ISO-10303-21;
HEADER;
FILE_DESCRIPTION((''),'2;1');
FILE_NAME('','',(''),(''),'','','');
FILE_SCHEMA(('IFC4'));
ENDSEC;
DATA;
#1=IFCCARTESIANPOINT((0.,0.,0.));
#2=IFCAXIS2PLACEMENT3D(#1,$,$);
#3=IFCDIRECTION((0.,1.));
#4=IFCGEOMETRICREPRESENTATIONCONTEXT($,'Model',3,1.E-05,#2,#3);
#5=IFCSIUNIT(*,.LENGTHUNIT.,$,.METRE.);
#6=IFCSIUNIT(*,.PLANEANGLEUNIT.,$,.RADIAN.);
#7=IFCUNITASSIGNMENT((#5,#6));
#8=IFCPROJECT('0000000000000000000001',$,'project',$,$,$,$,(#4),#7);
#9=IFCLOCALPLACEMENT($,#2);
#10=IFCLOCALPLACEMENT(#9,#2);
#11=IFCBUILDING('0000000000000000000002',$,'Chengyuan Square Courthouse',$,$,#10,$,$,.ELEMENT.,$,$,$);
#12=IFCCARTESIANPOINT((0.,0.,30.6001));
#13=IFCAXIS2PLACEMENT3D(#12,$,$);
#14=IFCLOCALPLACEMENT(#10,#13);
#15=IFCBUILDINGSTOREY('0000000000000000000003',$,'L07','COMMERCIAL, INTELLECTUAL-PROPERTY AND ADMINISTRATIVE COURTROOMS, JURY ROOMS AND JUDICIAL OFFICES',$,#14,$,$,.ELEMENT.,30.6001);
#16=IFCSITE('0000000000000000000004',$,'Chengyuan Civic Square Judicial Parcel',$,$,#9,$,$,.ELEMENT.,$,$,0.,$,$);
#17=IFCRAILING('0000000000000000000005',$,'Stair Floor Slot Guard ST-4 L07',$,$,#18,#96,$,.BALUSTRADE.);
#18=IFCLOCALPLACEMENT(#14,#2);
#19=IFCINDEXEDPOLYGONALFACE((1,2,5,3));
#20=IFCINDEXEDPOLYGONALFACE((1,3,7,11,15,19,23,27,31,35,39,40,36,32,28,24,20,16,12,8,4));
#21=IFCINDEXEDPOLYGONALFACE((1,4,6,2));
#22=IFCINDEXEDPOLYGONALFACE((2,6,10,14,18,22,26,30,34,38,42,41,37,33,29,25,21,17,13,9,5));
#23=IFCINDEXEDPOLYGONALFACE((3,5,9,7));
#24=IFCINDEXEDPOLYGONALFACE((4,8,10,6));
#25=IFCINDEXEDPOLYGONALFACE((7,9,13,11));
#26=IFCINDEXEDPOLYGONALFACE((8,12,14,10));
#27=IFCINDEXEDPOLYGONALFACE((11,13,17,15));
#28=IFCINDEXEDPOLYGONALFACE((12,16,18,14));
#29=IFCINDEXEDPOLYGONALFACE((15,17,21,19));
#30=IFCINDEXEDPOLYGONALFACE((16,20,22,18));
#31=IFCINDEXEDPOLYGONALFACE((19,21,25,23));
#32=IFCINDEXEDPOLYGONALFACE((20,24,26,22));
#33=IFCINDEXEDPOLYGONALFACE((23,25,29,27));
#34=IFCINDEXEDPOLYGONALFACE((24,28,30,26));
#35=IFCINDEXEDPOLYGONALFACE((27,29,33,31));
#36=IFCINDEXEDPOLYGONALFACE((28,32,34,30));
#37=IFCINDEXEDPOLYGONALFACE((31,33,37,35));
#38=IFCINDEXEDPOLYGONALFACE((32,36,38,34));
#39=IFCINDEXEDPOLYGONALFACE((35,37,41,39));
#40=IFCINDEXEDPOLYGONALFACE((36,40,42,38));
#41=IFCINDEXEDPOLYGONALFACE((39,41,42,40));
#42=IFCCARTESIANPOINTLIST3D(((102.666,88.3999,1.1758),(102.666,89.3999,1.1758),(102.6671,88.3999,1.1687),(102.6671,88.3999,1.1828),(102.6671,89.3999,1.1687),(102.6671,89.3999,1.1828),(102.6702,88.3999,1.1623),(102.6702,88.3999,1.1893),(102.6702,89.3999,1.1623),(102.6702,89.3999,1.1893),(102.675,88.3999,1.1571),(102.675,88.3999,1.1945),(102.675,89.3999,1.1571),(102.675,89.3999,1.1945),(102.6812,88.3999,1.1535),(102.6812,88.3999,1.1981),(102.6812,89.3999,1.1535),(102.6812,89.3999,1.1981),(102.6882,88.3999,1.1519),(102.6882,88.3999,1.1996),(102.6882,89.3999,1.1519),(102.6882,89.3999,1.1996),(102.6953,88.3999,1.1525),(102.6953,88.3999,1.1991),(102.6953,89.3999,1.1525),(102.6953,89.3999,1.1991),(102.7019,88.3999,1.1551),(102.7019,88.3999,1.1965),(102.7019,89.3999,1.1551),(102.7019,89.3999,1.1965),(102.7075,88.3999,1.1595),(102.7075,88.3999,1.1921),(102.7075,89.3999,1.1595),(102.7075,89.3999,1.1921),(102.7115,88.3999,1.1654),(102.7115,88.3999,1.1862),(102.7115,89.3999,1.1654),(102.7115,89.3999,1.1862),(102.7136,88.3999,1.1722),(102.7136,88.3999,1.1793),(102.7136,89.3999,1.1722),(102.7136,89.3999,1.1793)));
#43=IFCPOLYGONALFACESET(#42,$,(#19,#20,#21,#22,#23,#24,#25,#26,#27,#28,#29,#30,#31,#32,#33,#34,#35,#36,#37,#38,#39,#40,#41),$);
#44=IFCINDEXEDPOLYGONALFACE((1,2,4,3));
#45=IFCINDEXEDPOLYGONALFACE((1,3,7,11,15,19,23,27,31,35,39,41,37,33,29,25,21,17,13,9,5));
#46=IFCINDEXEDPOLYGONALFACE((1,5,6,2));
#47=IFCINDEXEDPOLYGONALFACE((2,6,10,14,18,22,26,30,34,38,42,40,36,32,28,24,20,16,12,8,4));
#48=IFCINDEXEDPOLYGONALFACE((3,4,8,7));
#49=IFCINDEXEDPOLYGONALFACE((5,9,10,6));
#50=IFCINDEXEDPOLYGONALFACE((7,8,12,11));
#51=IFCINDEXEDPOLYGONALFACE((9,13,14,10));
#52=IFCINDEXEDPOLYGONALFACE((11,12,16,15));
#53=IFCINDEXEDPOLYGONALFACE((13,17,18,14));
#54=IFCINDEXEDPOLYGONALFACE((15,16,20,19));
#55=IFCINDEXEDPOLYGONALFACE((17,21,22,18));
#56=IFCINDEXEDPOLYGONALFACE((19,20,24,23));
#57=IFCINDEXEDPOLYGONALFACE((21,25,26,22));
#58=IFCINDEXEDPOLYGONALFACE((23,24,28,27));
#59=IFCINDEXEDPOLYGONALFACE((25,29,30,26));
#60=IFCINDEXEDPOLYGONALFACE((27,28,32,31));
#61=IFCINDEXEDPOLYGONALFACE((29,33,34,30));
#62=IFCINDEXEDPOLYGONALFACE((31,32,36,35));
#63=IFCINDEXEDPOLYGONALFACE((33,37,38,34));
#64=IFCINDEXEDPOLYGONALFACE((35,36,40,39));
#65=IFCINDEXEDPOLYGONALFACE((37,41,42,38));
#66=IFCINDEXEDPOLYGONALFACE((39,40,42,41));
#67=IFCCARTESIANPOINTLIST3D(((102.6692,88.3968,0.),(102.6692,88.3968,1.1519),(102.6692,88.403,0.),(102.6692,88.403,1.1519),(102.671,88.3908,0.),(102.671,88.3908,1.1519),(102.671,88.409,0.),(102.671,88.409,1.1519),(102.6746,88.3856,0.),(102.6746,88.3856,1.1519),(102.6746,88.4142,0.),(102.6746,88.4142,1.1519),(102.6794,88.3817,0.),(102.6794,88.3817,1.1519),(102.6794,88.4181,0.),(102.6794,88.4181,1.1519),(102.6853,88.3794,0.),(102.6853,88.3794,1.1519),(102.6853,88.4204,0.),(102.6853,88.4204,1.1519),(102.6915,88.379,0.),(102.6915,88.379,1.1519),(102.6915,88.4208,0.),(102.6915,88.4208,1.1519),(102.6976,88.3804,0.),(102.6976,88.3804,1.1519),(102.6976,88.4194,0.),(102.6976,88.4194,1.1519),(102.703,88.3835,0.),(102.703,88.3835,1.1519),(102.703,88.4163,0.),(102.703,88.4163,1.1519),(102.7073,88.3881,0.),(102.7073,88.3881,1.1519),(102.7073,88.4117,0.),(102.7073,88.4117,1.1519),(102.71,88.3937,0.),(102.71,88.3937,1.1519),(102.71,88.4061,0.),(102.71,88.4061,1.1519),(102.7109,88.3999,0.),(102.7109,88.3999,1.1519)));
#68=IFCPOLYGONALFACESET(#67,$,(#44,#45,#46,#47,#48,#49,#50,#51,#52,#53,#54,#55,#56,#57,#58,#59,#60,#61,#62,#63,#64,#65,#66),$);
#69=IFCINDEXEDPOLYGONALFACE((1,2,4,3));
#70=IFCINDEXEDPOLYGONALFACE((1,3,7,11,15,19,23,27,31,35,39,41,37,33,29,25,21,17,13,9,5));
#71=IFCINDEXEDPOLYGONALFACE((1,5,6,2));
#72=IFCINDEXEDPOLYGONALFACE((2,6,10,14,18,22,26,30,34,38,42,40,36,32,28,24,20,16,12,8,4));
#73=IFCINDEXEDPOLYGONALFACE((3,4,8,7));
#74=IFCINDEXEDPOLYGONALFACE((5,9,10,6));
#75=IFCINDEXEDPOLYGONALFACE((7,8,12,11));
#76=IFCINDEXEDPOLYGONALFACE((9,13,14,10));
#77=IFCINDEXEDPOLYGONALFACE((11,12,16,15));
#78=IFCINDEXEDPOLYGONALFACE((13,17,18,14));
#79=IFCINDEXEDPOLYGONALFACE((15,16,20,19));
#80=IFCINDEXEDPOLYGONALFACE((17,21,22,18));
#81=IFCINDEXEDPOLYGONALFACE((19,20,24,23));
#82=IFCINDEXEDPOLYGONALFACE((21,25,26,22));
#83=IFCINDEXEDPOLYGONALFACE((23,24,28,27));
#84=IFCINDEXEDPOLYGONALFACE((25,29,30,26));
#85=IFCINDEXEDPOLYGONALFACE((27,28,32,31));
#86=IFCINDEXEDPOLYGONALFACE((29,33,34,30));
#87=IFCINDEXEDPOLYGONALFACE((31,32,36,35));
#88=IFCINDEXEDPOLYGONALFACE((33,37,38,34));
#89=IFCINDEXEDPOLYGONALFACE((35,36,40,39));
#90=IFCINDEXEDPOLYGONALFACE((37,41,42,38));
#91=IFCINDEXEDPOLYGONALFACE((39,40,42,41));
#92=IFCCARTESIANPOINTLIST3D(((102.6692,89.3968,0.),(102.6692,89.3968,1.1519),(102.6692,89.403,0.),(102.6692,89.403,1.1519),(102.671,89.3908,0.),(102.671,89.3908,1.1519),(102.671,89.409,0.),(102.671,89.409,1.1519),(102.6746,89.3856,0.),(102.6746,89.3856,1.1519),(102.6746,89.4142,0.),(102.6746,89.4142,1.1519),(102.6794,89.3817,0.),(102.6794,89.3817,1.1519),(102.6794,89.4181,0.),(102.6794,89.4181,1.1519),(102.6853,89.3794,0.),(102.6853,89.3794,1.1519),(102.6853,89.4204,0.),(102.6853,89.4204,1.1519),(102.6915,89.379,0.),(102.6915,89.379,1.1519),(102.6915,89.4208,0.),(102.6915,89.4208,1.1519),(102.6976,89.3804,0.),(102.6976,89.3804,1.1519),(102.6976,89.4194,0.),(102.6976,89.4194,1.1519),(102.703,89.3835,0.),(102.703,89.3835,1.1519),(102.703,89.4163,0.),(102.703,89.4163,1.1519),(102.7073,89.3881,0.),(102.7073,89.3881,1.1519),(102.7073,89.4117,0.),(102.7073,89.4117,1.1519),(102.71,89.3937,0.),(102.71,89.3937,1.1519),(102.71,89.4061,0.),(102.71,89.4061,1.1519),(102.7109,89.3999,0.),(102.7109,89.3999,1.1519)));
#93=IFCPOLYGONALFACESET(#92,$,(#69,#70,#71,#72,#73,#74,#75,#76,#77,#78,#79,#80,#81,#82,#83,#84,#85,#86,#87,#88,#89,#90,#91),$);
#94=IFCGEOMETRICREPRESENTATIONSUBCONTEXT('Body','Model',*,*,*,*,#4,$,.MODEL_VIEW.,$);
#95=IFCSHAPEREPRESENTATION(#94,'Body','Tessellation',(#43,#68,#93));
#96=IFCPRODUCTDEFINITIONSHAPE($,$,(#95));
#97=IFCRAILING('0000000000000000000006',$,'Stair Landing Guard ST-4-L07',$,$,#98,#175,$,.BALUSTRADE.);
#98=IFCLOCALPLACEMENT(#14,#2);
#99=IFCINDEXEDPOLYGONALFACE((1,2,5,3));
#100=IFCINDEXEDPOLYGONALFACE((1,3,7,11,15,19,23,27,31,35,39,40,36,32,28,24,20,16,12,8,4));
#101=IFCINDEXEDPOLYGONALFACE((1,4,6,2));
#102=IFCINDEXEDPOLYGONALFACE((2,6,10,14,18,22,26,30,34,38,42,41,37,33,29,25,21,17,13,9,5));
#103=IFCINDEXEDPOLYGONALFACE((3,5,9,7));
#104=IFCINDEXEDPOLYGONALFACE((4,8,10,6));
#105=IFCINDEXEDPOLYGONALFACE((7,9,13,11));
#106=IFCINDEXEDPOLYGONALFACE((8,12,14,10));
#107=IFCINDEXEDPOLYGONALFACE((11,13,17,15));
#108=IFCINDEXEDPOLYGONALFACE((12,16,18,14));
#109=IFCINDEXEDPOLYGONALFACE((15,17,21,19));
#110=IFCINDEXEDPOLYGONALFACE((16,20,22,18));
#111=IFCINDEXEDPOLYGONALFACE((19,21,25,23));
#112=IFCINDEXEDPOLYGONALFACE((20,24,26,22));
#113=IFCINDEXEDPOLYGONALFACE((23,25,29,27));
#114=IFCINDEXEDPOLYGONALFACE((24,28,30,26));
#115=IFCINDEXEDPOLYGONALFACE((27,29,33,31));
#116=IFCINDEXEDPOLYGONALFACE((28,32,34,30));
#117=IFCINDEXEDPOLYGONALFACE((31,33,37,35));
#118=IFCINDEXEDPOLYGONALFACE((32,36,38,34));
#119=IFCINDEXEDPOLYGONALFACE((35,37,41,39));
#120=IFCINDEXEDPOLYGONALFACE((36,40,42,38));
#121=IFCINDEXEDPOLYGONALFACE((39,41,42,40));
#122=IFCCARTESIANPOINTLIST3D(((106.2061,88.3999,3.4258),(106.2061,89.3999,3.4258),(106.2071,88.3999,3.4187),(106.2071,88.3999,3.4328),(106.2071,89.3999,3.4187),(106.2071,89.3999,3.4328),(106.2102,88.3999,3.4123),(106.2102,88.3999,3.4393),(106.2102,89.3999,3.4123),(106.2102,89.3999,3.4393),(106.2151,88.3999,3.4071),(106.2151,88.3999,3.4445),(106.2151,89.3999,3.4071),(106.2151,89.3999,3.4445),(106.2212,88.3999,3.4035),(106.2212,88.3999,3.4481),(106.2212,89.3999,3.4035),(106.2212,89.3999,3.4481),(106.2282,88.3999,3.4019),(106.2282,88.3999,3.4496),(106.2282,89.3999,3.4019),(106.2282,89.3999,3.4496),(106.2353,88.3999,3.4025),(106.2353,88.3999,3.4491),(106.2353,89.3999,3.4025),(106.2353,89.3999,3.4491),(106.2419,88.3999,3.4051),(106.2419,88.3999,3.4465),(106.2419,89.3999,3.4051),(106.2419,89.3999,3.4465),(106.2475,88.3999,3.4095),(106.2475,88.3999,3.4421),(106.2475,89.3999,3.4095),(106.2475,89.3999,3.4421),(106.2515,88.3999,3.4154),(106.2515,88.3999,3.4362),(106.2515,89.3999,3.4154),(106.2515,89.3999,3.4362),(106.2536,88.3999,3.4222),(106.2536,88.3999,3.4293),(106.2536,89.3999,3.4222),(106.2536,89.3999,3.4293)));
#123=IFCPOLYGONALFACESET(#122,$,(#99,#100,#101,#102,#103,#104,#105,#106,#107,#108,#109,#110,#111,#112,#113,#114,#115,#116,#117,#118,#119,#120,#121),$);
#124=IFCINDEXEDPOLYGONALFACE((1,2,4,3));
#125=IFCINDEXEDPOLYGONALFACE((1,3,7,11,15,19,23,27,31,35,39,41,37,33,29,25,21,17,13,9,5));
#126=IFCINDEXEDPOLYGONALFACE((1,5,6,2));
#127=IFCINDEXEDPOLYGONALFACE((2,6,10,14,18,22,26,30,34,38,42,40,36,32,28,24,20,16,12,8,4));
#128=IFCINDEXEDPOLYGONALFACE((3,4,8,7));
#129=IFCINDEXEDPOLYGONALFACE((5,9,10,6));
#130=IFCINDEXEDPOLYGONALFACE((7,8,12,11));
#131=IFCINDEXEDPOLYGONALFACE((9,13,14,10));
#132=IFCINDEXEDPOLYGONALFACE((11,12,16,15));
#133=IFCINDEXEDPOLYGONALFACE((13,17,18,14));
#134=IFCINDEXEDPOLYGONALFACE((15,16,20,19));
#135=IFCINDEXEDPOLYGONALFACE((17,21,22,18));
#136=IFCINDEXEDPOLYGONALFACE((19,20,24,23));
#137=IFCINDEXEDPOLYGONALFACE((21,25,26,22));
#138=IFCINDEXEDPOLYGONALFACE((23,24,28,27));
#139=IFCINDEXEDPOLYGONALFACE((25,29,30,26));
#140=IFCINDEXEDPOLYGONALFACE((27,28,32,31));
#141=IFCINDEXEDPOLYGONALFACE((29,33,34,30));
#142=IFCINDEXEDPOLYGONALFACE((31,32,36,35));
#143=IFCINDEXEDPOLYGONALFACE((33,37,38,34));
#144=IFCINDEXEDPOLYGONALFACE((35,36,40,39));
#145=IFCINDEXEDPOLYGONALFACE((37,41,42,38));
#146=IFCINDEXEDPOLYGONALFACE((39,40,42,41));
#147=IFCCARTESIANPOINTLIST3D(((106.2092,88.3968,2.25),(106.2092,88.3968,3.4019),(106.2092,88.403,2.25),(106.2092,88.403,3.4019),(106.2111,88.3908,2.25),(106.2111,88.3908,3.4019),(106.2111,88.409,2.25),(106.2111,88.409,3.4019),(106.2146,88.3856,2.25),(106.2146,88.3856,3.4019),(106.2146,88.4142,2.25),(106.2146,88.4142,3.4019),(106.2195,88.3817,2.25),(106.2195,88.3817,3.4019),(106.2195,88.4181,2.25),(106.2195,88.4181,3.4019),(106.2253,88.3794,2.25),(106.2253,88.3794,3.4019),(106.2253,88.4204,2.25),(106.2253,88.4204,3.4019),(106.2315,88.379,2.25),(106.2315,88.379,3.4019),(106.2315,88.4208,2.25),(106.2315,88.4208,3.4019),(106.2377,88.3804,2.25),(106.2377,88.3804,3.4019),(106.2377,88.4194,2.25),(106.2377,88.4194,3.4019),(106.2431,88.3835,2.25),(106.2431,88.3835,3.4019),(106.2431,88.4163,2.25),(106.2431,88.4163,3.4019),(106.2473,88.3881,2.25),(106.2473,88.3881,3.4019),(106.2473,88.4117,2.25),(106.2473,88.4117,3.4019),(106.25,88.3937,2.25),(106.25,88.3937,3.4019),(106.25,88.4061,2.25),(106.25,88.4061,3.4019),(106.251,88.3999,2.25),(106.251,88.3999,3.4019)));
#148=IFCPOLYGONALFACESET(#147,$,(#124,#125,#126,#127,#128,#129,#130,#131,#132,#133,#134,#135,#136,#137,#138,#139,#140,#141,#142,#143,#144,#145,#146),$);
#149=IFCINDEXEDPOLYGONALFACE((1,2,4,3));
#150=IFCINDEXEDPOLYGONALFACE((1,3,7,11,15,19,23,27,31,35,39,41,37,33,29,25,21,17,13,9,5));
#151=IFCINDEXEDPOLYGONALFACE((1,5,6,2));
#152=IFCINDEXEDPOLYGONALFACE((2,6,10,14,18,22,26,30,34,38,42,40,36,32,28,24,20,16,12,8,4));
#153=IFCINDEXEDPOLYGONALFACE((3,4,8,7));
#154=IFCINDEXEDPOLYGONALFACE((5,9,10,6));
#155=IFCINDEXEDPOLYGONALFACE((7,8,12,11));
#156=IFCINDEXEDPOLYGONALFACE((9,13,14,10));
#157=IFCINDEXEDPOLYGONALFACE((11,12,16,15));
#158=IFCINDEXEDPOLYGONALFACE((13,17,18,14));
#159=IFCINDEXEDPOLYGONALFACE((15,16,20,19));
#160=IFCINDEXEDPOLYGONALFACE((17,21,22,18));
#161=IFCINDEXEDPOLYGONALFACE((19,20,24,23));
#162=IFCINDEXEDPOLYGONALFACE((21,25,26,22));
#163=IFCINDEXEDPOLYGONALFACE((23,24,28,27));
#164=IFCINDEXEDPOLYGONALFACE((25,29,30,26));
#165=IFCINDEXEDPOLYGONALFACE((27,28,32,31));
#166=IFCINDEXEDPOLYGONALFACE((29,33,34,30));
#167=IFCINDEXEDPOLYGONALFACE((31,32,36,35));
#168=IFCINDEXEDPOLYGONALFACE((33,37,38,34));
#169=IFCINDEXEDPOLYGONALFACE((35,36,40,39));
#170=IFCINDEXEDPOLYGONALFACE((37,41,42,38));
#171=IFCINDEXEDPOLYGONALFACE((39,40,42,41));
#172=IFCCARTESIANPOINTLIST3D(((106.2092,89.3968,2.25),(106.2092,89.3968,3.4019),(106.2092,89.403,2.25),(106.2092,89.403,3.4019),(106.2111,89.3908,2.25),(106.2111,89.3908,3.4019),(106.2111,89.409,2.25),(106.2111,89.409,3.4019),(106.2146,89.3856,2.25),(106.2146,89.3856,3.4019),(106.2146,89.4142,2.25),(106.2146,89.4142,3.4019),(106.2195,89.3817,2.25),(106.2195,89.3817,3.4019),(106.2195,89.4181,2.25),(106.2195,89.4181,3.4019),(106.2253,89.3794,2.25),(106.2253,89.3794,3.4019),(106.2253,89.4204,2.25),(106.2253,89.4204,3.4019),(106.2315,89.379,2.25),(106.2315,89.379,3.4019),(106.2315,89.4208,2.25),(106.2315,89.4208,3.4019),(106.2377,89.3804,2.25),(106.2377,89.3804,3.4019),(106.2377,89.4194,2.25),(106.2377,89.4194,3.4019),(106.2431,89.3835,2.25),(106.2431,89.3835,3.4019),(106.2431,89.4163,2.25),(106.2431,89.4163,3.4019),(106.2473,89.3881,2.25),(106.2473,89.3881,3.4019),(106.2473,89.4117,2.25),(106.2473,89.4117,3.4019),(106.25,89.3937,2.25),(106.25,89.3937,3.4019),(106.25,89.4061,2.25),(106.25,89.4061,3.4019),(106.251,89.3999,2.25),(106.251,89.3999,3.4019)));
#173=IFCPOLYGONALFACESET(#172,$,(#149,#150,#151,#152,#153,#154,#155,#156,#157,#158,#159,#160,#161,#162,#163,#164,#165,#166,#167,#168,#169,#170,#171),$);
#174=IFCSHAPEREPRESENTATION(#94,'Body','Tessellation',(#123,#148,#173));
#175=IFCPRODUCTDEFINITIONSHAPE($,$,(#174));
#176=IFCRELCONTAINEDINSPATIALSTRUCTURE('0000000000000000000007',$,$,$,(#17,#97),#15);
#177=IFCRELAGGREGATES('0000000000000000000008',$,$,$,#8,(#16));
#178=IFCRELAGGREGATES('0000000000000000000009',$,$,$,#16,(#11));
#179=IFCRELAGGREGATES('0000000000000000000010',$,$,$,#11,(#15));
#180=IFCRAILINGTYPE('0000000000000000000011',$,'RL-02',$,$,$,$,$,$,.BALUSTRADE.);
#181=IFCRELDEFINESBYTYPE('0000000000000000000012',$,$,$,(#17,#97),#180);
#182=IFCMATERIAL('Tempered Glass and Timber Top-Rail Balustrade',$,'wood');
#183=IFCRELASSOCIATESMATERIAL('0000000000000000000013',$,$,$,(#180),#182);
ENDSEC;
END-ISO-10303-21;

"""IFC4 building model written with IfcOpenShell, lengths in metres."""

from ifc_helpers import new_model, si_unit, direction, frame, origin, origin_2d, place, context, subcontext, project, spatial, circle, extrude, material, type_object, element, save


model = new_model("IFC4")

# Units and contexts
model_context = context("Model", 3, precision=1e-05, world=origin(), true_north=direction((0.0, 1.0)))
body_context = subcontext(model_context, "Body", "Model", "MODEL_VIEW")
ifc_project = project(units=[si_unit("LENGTHUNIT", "METRE"), si_unit("PLANEANGLEUNIT", "RADIAN")], contexts=[model_context])

# Site, building, storey
site_placement = place(None, origin())
site = spatial("IfcSite", under=ifc_project, at=site_placement, Name="Chengyuan Civic Square Judicial Parcel", CompositionType="ELEMENT", RefElevation=0.0)
building_placement = place(site_placement, origin())
building = spatial("IfcBuilding", under=site, at=building_placement, Name="Chengyuan Square Courthouse", CompositionType="ELEMENT")
storey_placement = place(building_placement, frame((0.0, 0.0, 30.6001)))
storey = spatial("IfcBuildingStorey", under=building, at=storey_placement, Name="L07", Description="COMMERCIAL, INTELLECTUAL-PROPERTY AND ADMINISTRATIVE COURTROOMS, JURY ROOMS AND JUDICIAL OFFICES", CompositionType="ELEMENT", Elevation=30.6001)

# Railings
ifc_material_1 = material(Name="Tempered Glass and Timber Top-Rail Balustrade", Category="wood")
railing_type_1 = type_object("IfcRailingType", Name="RL-02", PredefinedType="BALUSTRADE", material=ifc_material_1)
for number, where, name in (
    (1, (102.6899, 88.3999, 0.0), "Stair Floor Slot Guard ST-4 L07"),
    (2, (106.23, 88.3999, 2.25), "Stair Landing Guard ST-4-L07"),
):
    element("IfcRailing", number, at=place(storey_placement, frame(where)), inside=storey, type_object=railing_type_1, Name=name, PredefinedType="BALUSTRADE", context=body_context, shape_type="SweptSolid", body=[
        extrude(circle(Radius=0.0239, at=origin_2d()), frame((0.0, 0.0, 1.1758), z_axis=(0.0, 1.0, 0.0), x_axis=(-1.0, 0.0, 0.0)), (0.0, 0.0, 1.0), 1.0),
        extrude(circle(Radius=0.021, at=origin_2d()), origin(), (0.0, 0.0, 1.0), 1.1519),
        extrude(circle(Radius=0.021, at=origin_2d()), frame((0.0, 1.0, 0.0)), (0.0, 0.0, 1.0), 1.1519),
    ])

save(model, "model.ifc")
